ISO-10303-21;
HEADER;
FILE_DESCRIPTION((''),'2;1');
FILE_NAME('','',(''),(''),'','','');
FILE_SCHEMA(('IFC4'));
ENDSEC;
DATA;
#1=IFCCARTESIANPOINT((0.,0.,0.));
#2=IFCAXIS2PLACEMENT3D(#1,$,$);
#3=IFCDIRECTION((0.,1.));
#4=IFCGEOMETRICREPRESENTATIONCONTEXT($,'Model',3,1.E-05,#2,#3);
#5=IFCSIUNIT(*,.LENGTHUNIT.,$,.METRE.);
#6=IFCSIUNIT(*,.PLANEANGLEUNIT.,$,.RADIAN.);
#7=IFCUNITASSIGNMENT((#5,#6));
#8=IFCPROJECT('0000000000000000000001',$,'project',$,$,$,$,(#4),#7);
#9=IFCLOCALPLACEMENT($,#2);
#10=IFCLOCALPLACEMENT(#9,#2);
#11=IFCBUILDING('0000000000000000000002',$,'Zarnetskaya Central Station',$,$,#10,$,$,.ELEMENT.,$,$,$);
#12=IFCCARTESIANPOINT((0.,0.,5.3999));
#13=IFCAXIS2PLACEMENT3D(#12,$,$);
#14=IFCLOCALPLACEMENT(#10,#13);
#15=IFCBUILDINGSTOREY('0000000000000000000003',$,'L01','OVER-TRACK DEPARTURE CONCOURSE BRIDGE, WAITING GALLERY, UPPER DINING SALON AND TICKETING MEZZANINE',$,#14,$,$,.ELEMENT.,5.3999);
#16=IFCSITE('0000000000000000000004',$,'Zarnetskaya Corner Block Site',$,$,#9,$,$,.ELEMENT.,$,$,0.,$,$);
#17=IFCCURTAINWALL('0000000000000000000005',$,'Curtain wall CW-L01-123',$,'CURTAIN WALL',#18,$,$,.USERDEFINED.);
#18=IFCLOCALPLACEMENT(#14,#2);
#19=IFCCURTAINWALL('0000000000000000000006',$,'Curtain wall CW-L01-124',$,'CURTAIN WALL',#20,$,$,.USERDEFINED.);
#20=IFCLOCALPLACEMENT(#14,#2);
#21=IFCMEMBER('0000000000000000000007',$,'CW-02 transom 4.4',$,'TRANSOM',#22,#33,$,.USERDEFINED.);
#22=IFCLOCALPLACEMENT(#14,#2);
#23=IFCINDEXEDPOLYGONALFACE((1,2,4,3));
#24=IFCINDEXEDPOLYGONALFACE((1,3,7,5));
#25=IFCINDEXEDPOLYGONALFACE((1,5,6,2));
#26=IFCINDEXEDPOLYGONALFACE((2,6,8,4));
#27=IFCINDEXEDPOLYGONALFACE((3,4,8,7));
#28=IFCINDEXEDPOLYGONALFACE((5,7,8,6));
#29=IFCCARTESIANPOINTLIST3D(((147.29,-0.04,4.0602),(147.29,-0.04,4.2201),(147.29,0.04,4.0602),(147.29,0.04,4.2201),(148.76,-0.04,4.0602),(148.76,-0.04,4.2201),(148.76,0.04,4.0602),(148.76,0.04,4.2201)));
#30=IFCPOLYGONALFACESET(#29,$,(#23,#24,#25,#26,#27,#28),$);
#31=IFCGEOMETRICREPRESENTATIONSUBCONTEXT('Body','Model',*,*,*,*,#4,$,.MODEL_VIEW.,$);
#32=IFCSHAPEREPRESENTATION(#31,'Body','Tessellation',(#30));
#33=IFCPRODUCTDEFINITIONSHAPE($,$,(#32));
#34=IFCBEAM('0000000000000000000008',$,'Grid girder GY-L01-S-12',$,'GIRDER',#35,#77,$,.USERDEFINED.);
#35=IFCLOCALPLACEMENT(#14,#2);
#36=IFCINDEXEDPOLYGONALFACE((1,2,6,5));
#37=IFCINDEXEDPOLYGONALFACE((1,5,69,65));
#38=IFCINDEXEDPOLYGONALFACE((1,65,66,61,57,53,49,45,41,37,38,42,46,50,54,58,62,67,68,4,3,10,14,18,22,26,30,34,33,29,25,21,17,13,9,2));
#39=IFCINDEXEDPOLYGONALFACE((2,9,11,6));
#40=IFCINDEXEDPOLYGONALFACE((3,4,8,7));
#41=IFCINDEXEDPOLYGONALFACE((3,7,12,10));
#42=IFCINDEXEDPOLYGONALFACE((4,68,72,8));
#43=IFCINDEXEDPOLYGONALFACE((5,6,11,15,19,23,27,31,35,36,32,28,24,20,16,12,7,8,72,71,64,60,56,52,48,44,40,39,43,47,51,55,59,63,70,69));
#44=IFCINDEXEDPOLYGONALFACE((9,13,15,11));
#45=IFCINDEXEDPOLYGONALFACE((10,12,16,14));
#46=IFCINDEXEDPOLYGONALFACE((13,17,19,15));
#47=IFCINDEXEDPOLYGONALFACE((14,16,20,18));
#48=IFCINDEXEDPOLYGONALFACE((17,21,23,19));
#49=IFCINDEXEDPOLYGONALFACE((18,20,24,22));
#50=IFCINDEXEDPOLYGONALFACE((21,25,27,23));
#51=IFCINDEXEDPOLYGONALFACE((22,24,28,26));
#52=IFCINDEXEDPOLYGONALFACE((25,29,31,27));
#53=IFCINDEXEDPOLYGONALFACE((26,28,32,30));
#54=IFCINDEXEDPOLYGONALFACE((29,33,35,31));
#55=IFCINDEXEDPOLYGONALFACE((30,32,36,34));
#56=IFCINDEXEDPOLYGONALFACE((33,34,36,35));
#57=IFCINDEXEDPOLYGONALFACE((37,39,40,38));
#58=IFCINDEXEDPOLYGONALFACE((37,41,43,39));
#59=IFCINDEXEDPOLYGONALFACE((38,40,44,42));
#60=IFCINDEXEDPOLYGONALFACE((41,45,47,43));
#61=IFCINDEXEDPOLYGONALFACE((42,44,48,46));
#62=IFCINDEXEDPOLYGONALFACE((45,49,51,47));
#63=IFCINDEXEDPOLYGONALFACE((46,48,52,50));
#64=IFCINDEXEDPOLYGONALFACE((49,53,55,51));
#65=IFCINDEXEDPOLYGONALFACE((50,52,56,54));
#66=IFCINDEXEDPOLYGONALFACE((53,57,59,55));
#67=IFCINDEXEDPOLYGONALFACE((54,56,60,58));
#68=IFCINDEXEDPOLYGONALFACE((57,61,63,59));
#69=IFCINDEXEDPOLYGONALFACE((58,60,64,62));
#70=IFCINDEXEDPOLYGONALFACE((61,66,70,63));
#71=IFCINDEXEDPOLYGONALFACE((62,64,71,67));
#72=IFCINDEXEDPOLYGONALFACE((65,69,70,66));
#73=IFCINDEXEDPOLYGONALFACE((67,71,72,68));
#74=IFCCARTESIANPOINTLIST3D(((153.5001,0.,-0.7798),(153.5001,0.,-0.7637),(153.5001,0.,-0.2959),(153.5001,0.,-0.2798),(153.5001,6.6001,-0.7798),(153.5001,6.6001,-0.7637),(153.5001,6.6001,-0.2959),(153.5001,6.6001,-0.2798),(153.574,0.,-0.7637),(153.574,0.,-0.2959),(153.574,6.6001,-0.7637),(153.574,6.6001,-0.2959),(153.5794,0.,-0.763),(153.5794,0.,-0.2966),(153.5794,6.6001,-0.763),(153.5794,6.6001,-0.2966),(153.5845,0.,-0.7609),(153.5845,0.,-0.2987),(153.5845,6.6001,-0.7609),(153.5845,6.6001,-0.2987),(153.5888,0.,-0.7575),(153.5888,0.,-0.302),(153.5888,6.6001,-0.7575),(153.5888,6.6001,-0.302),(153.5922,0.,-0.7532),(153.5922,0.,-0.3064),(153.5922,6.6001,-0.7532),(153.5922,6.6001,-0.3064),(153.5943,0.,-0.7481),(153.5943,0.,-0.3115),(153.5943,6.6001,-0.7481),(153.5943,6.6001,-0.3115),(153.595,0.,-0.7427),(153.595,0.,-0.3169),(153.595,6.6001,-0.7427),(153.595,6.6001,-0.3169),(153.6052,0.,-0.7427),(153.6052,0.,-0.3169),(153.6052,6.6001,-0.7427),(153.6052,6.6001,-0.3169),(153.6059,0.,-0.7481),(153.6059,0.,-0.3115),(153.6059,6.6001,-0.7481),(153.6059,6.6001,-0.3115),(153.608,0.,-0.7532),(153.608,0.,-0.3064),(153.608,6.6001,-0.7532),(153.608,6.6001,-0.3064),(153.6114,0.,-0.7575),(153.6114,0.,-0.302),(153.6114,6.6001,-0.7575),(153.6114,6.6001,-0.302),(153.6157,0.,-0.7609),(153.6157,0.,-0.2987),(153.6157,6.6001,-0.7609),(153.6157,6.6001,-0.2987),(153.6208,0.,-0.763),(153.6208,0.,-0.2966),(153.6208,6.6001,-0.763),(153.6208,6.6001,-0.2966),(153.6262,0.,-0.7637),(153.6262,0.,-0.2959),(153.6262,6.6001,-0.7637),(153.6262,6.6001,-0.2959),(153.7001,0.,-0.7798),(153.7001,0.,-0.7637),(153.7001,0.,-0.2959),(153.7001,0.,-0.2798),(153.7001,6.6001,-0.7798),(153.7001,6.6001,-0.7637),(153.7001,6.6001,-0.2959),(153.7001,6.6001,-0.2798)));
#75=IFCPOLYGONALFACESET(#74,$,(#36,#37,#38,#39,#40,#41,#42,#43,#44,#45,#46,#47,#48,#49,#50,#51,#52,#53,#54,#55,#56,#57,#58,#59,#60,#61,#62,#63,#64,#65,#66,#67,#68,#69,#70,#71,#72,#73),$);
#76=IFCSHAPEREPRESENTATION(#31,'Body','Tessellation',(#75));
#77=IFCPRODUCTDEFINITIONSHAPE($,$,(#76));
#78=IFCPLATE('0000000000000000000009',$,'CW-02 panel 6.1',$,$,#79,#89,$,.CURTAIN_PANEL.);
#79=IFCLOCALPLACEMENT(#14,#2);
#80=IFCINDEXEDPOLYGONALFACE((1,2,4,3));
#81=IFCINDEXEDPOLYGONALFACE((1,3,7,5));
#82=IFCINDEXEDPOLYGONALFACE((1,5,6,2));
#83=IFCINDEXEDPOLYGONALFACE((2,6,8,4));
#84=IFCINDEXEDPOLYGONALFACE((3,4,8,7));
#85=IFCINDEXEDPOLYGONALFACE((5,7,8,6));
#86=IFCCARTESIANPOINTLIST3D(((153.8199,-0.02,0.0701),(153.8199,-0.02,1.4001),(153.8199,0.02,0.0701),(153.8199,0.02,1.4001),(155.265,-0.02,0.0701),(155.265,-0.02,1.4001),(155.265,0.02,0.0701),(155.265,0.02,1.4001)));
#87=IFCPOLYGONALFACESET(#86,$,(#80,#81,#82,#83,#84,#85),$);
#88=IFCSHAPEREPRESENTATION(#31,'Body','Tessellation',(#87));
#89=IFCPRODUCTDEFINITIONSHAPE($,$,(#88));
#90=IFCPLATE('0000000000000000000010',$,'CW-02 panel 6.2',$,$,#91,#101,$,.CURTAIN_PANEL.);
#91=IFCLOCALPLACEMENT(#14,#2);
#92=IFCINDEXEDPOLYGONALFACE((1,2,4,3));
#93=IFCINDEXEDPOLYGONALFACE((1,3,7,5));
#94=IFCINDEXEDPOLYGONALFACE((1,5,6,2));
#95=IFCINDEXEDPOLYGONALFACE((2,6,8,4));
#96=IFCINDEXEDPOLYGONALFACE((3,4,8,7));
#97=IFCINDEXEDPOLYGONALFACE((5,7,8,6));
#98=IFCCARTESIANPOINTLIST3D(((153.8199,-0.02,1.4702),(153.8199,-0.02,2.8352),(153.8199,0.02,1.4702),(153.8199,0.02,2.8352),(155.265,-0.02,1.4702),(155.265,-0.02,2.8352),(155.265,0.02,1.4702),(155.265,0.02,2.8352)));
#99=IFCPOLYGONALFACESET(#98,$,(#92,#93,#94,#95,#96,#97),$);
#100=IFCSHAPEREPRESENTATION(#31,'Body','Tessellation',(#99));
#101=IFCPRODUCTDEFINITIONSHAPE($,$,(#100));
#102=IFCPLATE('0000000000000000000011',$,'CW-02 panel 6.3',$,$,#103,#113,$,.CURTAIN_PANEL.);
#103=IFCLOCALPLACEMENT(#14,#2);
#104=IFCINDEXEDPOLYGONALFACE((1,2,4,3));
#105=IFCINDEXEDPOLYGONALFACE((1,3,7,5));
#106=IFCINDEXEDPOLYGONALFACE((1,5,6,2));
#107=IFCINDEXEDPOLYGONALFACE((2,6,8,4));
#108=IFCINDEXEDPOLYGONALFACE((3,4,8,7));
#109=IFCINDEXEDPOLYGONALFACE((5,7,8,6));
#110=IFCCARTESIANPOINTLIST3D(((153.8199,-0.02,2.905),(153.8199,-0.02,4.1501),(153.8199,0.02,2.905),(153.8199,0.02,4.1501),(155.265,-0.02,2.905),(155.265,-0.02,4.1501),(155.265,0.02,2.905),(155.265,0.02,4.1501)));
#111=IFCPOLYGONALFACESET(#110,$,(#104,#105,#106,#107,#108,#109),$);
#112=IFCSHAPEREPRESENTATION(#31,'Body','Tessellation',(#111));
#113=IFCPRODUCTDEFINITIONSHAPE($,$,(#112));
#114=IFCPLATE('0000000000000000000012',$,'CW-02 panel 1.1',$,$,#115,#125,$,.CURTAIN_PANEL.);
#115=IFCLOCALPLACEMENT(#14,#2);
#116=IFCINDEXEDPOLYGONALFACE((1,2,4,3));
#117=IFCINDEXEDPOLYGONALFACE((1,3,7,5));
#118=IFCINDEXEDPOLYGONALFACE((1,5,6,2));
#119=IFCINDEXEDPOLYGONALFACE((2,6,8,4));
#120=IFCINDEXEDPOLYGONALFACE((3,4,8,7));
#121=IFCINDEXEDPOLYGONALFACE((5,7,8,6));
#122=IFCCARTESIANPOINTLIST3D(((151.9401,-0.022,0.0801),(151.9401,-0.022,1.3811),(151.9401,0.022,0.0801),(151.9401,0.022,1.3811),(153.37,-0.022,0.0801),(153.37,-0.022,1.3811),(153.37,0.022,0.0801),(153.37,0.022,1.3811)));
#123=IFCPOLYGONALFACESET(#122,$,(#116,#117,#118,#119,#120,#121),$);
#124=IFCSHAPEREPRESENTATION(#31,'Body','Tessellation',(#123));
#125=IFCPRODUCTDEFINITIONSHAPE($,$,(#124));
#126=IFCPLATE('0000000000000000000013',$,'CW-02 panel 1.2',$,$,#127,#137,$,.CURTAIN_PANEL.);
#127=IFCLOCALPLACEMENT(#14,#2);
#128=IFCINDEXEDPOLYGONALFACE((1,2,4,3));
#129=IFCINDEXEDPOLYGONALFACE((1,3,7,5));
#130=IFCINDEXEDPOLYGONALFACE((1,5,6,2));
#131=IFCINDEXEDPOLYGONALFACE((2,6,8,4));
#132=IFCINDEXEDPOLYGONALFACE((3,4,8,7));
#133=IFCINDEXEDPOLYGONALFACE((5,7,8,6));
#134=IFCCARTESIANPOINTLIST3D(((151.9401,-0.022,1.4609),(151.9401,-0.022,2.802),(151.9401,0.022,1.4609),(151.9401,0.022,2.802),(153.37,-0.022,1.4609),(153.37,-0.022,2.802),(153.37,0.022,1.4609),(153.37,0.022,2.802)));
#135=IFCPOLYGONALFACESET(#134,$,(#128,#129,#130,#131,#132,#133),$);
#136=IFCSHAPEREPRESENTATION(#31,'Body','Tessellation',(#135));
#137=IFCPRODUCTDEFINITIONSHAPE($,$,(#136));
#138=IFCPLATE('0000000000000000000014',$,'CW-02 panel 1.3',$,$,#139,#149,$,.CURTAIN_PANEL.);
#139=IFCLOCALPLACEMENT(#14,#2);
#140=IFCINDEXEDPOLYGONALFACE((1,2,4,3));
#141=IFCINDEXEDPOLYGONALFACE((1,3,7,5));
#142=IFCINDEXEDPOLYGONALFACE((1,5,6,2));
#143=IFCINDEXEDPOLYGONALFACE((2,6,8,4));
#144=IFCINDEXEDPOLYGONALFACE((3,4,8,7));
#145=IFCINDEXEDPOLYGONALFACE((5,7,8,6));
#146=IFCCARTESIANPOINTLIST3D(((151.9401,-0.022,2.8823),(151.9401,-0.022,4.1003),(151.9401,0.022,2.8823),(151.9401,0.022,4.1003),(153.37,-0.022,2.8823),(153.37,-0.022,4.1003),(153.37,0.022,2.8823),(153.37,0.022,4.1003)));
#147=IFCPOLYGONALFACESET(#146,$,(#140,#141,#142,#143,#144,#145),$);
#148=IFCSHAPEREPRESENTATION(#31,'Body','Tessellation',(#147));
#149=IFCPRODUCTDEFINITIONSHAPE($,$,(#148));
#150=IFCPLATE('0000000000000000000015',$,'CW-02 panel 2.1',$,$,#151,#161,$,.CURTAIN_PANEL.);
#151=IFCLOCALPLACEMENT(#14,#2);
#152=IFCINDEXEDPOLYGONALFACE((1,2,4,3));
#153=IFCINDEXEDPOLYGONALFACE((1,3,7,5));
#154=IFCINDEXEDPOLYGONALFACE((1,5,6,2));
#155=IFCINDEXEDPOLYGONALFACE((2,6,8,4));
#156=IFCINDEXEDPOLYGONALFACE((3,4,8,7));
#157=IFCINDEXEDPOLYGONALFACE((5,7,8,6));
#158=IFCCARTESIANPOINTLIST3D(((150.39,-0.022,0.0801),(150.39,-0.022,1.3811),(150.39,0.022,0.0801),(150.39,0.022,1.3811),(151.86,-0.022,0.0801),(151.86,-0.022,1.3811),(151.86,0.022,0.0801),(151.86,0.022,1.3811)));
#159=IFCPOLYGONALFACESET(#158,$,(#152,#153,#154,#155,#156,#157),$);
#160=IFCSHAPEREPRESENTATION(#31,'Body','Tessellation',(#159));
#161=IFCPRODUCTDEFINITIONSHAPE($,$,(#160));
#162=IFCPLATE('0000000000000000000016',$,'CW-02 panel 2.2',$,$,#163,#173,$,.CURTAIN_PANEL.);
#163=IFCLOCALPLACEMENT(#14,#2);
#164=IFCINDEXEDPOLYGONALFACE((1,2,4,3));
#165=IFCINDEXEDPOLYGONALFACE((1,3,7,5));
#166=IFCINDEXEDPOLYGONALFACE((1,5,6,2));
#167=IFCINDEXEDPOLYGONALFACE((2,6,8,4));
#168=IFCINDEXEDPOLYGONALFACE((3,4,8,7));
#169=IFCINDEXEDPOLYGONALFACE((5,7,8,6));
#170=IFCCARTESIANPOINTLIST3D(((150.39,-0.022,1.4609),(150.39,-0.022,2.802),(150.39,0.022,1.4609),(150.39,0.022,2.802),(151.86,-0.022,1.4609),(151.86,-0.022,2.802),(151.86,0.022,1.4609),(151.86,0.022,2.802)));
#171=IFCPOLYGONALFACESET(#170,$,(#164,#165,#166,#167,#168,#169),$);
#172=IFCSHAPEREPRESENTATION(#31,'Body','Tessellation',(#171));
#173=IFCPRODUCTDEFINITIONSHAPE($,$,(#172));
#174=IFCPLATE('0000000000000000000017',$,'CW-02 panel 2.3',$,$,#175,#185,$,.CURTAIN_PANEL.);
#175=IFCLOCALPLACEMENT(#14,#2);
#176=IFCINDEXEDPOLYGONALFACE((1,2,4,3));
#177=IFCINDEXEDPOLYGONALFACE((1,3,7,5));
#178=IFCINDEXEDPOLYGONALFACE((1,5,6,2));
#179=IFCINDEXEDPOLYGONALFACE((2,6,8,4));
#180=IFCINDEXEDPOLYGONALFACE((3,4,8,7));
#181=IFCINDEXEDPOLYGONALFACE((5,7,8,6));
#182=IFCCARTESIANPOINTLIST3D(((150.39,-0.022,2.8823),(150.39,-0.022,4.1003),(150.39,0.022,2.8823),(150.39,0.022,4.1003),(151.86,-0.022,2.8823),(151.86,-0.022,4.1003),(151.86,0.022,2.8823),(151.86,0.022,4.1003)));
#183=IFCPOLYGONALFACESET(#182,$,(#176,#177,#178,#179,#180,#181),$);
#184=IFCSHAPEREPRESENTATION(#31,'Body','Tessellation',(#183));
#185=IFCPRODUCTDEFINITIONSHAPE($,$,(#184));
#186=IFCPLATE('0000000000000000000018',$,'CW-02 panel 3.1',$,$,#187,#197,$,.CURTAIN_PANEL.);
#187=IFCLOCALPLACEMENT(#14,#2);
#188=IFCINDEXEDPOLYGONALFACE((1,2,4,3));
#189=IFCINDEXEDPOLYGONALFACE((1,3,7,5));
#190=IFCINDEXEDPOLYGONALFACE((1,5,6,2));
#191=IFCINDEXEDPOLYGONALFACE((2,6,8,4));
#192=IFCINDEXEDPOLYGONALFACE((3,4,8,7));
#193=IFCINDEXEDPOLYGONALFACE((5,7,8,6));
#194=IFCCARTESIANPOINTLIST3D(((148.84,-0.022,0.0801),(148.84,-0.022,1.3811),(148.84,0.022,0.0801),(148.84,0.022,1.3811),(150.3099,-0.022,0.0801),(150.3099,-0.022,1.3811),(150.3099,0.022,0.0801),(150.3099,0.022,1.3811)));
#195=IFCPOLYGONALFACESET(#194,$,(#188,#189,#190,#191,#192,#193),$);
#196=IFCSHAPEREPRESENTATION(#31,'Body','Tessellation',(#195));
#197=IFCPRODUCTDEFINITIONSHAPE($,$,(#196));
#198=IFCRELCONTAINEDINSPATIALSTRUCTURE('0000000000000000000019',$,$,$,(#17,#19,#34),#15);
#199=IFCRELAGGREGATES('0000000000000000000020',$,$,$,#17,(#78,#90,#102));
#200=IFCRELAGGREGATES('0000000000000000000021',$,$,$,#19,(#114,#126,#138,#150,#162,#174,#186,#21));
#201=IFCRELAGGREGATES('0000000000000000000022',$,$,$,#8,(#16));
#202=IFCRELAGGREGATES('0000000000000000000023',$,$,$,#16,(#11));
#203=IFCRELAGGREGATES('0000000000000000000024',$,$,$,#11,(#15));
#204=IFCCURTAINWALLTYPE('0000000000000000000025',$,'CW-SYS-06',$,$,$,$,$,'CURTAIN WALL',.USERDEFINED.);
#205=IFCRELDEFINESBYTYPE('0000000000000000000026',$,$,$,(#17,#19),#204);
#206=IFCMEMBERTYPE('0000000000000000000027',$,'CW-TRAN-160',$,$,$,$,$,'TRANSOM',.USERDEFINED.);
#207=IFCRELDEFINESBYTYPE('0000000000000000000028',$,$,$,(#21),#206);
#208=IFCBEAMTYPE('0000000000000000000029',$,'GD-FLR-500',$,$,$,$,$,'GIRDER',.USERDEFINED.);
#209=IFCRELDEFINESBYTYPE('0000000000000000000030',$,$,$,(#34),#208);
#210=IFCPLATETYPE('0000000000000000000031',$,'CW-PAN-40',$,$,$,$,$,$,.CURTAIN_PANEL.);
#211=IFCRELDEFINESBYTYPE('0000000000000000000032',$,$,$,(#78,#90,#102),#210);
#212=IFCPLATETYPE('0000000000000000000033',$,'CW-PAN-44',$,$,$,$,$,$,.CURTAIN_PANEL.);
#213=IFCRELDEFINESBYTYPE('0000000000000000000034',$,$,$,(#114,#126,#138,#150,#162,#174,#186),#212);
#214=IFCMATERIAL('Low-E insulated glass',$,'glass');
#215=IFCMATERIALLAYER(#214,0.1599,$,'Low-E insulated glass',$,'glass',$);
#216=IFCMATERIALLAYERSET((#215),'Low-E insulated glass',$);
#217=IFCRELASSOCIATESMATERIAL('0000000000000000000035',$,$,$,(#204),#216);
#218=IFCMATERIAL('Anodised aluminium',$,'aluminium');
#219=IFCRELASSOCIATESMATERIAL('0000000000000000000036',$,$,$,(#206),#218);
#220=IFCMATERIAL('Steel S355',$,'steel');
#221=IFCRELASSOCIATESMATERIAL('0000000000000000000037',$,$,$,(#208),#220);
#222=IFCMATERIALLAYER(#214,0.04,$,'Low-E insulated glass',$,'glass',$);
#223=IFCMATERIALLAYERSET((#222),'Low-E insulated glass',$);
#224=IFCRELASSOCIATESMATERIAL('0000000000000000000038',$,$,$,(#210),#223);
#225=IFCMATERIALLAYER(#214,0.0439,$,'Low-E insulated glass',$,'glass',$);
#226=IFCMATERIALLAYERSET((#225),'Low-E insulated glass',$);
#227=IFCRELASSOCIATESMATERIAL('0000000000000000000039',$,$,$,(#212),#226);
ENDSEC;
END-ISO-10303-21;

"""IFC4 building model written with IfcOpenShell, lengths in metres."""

from ifc_helpers import new_model, si_unit, direction, frame, origin, origin_2d, place, context, subcontext, project, spatial, rectangle, i_section, extrude, material, layer, layer_set, material_profile, profile_set, type_object, element, aggregate, save


model = new_model("IFC4")

# Units and contexts
model_context = context("Model", 3, precision=1e-05, world=origin(), true_north=direction((0.0, 1.0)))
body_context = subcontext(model_context, "Body", "Model", "MODEL_VIEW")
ifc_project = project(units=[si_unit("LENGTHUNIT", "METRE"), si_unit("PLANEANGLEUNIT", "RADIAN")], contexts=[model_context])

# Site, building, storey
site_placement = place(None, origin())
site = spatial("IfcSite", under=ifc_project, at=site_placement, Name="Zarnetskaya Corner Block Site", CompositionType="ELEMENT", RefElevation=0.0)
building_placement = place(site_placement, origin())
building = spatial("IfcBuilding", under=site, at=building_placement, Name="Zarnetskaya Central Station", CompositionType="ELEMENT")
storey_placement = place(building_placement, frame((0.0, 0.0, 5.3999)))
storey = spatial("IfcBuildingStorey", under=building, at=storey_placement, Name="L01", Description="OVER-TRACK DEPARTURE CONCOURSE BRIDGE, WAITING GALLERY, UPPER DINING SALON AND TICKETING MEZZANINE", CompositionType="ELEMENT", Elevation=5.3999)

# Shared definitions
ifc_material_1 = material(Name="Steel S355", Category="steel")

# Curtain wall
ifc_material_2 = material(Name="Low-E insulated glass", Category="glass")
ifc_layer_1 = layer(ifc_material_2, 0.1599, Name="Low-E insulated glass", Category="glass")
ifc_layer_set_1 = layer_set([ifc_layer_1], Name="Low-E insulated glass")
curtain_wall_type = type_object("IfcCurtainWallType", Name="CW-SYS-06", ElementType="CURTAIN WALL", PredefinedType="USERDEFINED", material=ifc_layer_set_1)
curtain_wall_1_placement = place(storey_placement, origin())
curtain_wall_1 = element("IfcCurtainWall", 1, at=curtain_wall_1_placement, inside=storey, type_object=curtain_wall_type, Name="Curtain wall CW-L01-123", ObjectType="CURTAIN WALL", PredefinedType="USERDEFINED")
ifc_material_3 = material(Name="Anodised aluminium", Category="aluminium")

# Curtain wall
curtain_wall_2_placement = place(storey_placement, origin())
curtain_wall_2 = element("IfcCurtainWall", 2, at=curtain_wall_2_placement, inside=storey, type_object=curtain_wall_type, Name="Curtain wall CW-L01-124", ObjectType="CURTAIN WALL", PredefinedType="USERDEFINED")

# Member
ifc_material_profile_1 = material_profile(ifc_material_3, rectangle(XDim=0.0801, YDim=0.1599, at=origin_2d()), Name="ALU TRAN 80x160")
ifc_profile_set_1 = profile_set([ifc_material_profile_1], Name="Anodised aluminium")
member_type_1 = type_object("IfcMemberType", Name="CW-TRAN-160", ElementType="TRANSOM", PredefinedType="USERDEFINED", material=ifc_profile_set_1)
member_1_placement = place(storey_placement, frame((148.76, 0.0, 4.1401), z_axis=(-1.0, 0.0, 0.0), x_axis=(0.0, -1.0, 0.0)))
member_1 = element("IfcMember", 3, at=member_1_placement, type_object=member_type_1, Name="CW-02 transom 4.4", ObjectType="TRANSOM", PredefinedType="USERDEFINED", context=body_context, shape_type="SweptSolid", body=[
    extrude(rectangle(XDim=0.0801, YDim=0.1599, at=origin_2d()), origin(), (0.0, 0.0, 1.0), 1.47),
])

# Beam
ifc_material_profile_2 = material_profile(ifc_material_1, i_section(OverallWidth=0.2, OverallDepth=0.5, WebThickness=0.0103, FlangeThickness=0.0161, FilletRadius=0.021, at=origin_2d()), Name="IPE 500")
ifc_profile_set_2 = profile_set([ifc_material_profile_2], Name="Steel S355")
beam_type_1 = type_object("IfcBeamType", Name="GD-FLR-500", ElementType="GIRDER", PredefinedType="USERDEFINED", material=ifc_profile_set_2)
beam_1_placement = place(storey_placement, frame((153.6001, 0.0, -0.5298), z_axis=(0.0, 1.0, 0.0), x_axis=(-1.0, 0.0, 0.0)))
element("IfcBeam", 4, at=beam_1_placement, inside=storey, type_object=beam_type_1, Name="Grid girder GY-L01-S-12", ObjectType="GIRDER", PredefinedType="USERDEFINED", context=body_context, shape_type="SweptSolid", body=[
    extrude(i_section(OverallWidth=0.2, OverallDepth=0.5, WebThickness=0.0103, FlangeThickness=0.0161, FilletRadius=0.021, at=origin_2d()), origin(), (0.0, 0.0, 1.0), 6.6001),
])

# Plates
ifc_layer_2 = layer(ifc_material_2, 0.04, Name="Low-E insulated glass", Category="glass")
ifc_layer_set_2 = layer_set([ifc_layer_2], Name="Low-E insulated glass")
plate_type_1 = type_object("IfcPlateType", Name="CW-PAN-40", PredefinedType="CURTAIN_PANEL", material=ifc_layer_set_2)
plate_1_placement = place(storey_placement, frame((154.5425, 0.0, 0.0701), z_axis=(0.0, 0.0, 1.0), x_axis=(-1.0, 0.0, 0.0)))
plate_1 = element("IfcPlate", 5, at=plate_1_placement, type_object=plate_type_1, Name="CW-02 panel 6.1", PredefinedType="CURTAIN_PANEL", context=body_context, shape_type="SweptSolid", body=[
    extrude(rectangle(XDim=1.4451, YDim=0.04, at=origin_2d()), origin(), (0.0, 0.0, 1.0), 1.3301),
])
plate_2_placement = place(storey_placement, frame((154.5425, 0.0, 1.4702), z_axis=(0.0, 0.0, 1.0), x_axis=(-1.0, 0.0, 0.0)))
plate_2 = element("IfcPlate", 6, at=plate_2_placement, type_object=plate_type_1, Name="CW-02 panel 6.2", PredefinedType="CURTAIN_PANEL", context=body_context, shape_type="SweptSolid", body=[
    extrude(rectangle(XDim=1.4451, YDim=0.04, at=origin_2d()), origin(), (0.0, 0.0, 1.0), 1.365),
])
plate_3_placement = place(storey_placement, frame((154.5425, 0.0, 2.905), z_axis=(0.0, 0.0, 1.0), x_axis=(-1.0, 0.0, 0.0)))
plate_3 = element("IfcPlate", 7, at=plate_3_placement, type_object=plate_type_1, Name="CW-02 panel 6.3", PredefinedType="CURTAIN_PANEL", context=body_context, shape_type="SweptSolid", body=[
    extrude(rectangle(XDim=1.4451, YDim=0.04, at=origin_2d()), origin(), (0.0, 0.0, 1.0), 1.2451),
])
aggregate(curtain_wall_1, [plate_1, plate_2, plate_3])
ifc_layer_3 = layer(ifc_material_2, 0.0439, Name="Low-E insulated glass", Category="glass")
ifc_layer_set_3 = layer_set([ifc_layer_3], Name="Low-E insulated glass")
plate_type_2 = type_object("IfcPlateType", Name="CW-PAN-44", PredefinedType="CURTAIN_PANEL", material=ifc_layer_set_3)
plate_4_placement = place(storey_placement, frame((152.655, 0.0, 0.0801), z_axis=(0.0, 0.0, 1.0), x_axis=(-1.0, 0.0, 0.0)))
plate_4 = element("IfcPlate", 8, at=plate_4_placement, type_object=plate_type_2, Name="CW-02 panel 1.1", PredefinedType="CURTAIN_PANEL", context=body_context, shape_type="SweptSolid", body=[
    extrude(rectangle(XDim=1.4299, YDim=0.0439, at=origin_2d()), origin(), (0.0, 0.0, 1.0), 1.301),
])
plate_5_placement = place(storey_placement, frame((152.655, 0.0, 1.4609), z_axis=(0.0, 0.0, 1.0), x_axis=(-1.0, 0.0, 0.0)))
plate_5 = element("IfcPlate", 9, at=plate_5_placement, type_object=plate_type_2, Name="CW-02 panel 1.2", PredefinedType="CURTAIN_PANEL", context=body_context, shape_type="SweptSolid", body=[
    extrude(rectangle(XDim=1.4299, YDim=0.0439, at=origin_2d()), origin(), (0.0, 0.0, 1.0), 1.3411),
])
plate_6_placement = place(storey_placement, frame((152.655, 0.0, 2.8823), z_axis=(0.0, 0.0, 1.0), x_axis=(-1.0, 0.0, 0.0)))
plate_6 = element("IfcPlate", 10, at=plate_6_placement, type_object=plate_type_2, Name="CW-02 panel 1.3", PredefinedType="CURTAIN_PANEL", context=body_context, shape_type="SweptSolid", body=[
    extrude(rectangle(XDim=1.4299, YDim=0.0439, at=origin_2d()), origin(), (0.0, 0.0, 1.0), 1.218),
])
plate_7_placement = place(storey_placement, frame((151.125, 0.0, 0.0801), z_axis=(0.0, 0.0, 1.0), x_axis=(-1.0, 0.0, 0.0)))
plate_7 = element("IfcPlate", 11, at=plate_7_placement, type_object=plate_type_2, Name="CW-02 panel 2.1", PredefinedType="CURTAIN_PANEL", context=body_context, shape_type="SweptSolid", body=[
    extrude(rectangle(XDim=1.47, YDim=0.0439, at=origin_2d()), origin(), (0.0, 0.0, 1.0), 1.301),
])
plate_8_placement = place(storey_placement, frame((151.125, 0.0, 1.4609), z_axis=(0.0, 0.0, 1.0), x_axis=(-1.0, 0.0, 0.0)))
plate_8 = element("IfcPlate", 12, at=plate_8_placement, type_object=plate_type_2, Name="CW-02 panel 2.2", PredefinedType="CURTAIN_PANEL", context=body_context, shape_type="SweptSolid", body=[
    extrude(rectangle(XDim=1.47, YDim=0.0439, at=origin_2d()), origin(), (0.0, 0.0, 1.0), 1.3411),
])
plate_9_placement = place(storey_placement, frame((151.125, 0.0, 2.8823), z_axis=(0.0, 0.0, 1.0), x_axis=(-1.0, 0.0, 0.0)))
plate_9 = element("IfcPlate", 13, at=plate_9_placement, type_object=plate_type_2, Name="CW-02 panel 2.3", PredefinedType="CURTAIN_PANEL", context=body_context, shape_type="SweptSolid", body=[
    extrude(rectangle(XDim=1.47, YDim=0.0439, at=origin_2d()), origin(), (0.0, 0.0, 1.0), 1.218),
])
plate_10_placement = place(storey_placement, frame((149.575, 0.0, 0.0801), z_axis=(0.0, 0.0, 1.0), x_axis=(-1.0, 0.0, 0.0)))
plate_10 = element("IfcPlate", 14, at=plate_10_placement, type_object=plate_type_2, Name="CW-02 panel 3.1", PredefinedType="CURTAIN_PANEL", context=body_context, shape_type="SweptSolid", body=[
    extrude(rectangle(XDim=1.47, YDim=0.0439, at=origin_2d()), origin(), (0.0, 0.0, 1.0), 1.301),
])
aggregate(curtain_wall_2, [plate_4, plate_5, plate_6, plate_7, plate_8, plate_9, plate_10, member_1])

save(model, "model.ifc")
